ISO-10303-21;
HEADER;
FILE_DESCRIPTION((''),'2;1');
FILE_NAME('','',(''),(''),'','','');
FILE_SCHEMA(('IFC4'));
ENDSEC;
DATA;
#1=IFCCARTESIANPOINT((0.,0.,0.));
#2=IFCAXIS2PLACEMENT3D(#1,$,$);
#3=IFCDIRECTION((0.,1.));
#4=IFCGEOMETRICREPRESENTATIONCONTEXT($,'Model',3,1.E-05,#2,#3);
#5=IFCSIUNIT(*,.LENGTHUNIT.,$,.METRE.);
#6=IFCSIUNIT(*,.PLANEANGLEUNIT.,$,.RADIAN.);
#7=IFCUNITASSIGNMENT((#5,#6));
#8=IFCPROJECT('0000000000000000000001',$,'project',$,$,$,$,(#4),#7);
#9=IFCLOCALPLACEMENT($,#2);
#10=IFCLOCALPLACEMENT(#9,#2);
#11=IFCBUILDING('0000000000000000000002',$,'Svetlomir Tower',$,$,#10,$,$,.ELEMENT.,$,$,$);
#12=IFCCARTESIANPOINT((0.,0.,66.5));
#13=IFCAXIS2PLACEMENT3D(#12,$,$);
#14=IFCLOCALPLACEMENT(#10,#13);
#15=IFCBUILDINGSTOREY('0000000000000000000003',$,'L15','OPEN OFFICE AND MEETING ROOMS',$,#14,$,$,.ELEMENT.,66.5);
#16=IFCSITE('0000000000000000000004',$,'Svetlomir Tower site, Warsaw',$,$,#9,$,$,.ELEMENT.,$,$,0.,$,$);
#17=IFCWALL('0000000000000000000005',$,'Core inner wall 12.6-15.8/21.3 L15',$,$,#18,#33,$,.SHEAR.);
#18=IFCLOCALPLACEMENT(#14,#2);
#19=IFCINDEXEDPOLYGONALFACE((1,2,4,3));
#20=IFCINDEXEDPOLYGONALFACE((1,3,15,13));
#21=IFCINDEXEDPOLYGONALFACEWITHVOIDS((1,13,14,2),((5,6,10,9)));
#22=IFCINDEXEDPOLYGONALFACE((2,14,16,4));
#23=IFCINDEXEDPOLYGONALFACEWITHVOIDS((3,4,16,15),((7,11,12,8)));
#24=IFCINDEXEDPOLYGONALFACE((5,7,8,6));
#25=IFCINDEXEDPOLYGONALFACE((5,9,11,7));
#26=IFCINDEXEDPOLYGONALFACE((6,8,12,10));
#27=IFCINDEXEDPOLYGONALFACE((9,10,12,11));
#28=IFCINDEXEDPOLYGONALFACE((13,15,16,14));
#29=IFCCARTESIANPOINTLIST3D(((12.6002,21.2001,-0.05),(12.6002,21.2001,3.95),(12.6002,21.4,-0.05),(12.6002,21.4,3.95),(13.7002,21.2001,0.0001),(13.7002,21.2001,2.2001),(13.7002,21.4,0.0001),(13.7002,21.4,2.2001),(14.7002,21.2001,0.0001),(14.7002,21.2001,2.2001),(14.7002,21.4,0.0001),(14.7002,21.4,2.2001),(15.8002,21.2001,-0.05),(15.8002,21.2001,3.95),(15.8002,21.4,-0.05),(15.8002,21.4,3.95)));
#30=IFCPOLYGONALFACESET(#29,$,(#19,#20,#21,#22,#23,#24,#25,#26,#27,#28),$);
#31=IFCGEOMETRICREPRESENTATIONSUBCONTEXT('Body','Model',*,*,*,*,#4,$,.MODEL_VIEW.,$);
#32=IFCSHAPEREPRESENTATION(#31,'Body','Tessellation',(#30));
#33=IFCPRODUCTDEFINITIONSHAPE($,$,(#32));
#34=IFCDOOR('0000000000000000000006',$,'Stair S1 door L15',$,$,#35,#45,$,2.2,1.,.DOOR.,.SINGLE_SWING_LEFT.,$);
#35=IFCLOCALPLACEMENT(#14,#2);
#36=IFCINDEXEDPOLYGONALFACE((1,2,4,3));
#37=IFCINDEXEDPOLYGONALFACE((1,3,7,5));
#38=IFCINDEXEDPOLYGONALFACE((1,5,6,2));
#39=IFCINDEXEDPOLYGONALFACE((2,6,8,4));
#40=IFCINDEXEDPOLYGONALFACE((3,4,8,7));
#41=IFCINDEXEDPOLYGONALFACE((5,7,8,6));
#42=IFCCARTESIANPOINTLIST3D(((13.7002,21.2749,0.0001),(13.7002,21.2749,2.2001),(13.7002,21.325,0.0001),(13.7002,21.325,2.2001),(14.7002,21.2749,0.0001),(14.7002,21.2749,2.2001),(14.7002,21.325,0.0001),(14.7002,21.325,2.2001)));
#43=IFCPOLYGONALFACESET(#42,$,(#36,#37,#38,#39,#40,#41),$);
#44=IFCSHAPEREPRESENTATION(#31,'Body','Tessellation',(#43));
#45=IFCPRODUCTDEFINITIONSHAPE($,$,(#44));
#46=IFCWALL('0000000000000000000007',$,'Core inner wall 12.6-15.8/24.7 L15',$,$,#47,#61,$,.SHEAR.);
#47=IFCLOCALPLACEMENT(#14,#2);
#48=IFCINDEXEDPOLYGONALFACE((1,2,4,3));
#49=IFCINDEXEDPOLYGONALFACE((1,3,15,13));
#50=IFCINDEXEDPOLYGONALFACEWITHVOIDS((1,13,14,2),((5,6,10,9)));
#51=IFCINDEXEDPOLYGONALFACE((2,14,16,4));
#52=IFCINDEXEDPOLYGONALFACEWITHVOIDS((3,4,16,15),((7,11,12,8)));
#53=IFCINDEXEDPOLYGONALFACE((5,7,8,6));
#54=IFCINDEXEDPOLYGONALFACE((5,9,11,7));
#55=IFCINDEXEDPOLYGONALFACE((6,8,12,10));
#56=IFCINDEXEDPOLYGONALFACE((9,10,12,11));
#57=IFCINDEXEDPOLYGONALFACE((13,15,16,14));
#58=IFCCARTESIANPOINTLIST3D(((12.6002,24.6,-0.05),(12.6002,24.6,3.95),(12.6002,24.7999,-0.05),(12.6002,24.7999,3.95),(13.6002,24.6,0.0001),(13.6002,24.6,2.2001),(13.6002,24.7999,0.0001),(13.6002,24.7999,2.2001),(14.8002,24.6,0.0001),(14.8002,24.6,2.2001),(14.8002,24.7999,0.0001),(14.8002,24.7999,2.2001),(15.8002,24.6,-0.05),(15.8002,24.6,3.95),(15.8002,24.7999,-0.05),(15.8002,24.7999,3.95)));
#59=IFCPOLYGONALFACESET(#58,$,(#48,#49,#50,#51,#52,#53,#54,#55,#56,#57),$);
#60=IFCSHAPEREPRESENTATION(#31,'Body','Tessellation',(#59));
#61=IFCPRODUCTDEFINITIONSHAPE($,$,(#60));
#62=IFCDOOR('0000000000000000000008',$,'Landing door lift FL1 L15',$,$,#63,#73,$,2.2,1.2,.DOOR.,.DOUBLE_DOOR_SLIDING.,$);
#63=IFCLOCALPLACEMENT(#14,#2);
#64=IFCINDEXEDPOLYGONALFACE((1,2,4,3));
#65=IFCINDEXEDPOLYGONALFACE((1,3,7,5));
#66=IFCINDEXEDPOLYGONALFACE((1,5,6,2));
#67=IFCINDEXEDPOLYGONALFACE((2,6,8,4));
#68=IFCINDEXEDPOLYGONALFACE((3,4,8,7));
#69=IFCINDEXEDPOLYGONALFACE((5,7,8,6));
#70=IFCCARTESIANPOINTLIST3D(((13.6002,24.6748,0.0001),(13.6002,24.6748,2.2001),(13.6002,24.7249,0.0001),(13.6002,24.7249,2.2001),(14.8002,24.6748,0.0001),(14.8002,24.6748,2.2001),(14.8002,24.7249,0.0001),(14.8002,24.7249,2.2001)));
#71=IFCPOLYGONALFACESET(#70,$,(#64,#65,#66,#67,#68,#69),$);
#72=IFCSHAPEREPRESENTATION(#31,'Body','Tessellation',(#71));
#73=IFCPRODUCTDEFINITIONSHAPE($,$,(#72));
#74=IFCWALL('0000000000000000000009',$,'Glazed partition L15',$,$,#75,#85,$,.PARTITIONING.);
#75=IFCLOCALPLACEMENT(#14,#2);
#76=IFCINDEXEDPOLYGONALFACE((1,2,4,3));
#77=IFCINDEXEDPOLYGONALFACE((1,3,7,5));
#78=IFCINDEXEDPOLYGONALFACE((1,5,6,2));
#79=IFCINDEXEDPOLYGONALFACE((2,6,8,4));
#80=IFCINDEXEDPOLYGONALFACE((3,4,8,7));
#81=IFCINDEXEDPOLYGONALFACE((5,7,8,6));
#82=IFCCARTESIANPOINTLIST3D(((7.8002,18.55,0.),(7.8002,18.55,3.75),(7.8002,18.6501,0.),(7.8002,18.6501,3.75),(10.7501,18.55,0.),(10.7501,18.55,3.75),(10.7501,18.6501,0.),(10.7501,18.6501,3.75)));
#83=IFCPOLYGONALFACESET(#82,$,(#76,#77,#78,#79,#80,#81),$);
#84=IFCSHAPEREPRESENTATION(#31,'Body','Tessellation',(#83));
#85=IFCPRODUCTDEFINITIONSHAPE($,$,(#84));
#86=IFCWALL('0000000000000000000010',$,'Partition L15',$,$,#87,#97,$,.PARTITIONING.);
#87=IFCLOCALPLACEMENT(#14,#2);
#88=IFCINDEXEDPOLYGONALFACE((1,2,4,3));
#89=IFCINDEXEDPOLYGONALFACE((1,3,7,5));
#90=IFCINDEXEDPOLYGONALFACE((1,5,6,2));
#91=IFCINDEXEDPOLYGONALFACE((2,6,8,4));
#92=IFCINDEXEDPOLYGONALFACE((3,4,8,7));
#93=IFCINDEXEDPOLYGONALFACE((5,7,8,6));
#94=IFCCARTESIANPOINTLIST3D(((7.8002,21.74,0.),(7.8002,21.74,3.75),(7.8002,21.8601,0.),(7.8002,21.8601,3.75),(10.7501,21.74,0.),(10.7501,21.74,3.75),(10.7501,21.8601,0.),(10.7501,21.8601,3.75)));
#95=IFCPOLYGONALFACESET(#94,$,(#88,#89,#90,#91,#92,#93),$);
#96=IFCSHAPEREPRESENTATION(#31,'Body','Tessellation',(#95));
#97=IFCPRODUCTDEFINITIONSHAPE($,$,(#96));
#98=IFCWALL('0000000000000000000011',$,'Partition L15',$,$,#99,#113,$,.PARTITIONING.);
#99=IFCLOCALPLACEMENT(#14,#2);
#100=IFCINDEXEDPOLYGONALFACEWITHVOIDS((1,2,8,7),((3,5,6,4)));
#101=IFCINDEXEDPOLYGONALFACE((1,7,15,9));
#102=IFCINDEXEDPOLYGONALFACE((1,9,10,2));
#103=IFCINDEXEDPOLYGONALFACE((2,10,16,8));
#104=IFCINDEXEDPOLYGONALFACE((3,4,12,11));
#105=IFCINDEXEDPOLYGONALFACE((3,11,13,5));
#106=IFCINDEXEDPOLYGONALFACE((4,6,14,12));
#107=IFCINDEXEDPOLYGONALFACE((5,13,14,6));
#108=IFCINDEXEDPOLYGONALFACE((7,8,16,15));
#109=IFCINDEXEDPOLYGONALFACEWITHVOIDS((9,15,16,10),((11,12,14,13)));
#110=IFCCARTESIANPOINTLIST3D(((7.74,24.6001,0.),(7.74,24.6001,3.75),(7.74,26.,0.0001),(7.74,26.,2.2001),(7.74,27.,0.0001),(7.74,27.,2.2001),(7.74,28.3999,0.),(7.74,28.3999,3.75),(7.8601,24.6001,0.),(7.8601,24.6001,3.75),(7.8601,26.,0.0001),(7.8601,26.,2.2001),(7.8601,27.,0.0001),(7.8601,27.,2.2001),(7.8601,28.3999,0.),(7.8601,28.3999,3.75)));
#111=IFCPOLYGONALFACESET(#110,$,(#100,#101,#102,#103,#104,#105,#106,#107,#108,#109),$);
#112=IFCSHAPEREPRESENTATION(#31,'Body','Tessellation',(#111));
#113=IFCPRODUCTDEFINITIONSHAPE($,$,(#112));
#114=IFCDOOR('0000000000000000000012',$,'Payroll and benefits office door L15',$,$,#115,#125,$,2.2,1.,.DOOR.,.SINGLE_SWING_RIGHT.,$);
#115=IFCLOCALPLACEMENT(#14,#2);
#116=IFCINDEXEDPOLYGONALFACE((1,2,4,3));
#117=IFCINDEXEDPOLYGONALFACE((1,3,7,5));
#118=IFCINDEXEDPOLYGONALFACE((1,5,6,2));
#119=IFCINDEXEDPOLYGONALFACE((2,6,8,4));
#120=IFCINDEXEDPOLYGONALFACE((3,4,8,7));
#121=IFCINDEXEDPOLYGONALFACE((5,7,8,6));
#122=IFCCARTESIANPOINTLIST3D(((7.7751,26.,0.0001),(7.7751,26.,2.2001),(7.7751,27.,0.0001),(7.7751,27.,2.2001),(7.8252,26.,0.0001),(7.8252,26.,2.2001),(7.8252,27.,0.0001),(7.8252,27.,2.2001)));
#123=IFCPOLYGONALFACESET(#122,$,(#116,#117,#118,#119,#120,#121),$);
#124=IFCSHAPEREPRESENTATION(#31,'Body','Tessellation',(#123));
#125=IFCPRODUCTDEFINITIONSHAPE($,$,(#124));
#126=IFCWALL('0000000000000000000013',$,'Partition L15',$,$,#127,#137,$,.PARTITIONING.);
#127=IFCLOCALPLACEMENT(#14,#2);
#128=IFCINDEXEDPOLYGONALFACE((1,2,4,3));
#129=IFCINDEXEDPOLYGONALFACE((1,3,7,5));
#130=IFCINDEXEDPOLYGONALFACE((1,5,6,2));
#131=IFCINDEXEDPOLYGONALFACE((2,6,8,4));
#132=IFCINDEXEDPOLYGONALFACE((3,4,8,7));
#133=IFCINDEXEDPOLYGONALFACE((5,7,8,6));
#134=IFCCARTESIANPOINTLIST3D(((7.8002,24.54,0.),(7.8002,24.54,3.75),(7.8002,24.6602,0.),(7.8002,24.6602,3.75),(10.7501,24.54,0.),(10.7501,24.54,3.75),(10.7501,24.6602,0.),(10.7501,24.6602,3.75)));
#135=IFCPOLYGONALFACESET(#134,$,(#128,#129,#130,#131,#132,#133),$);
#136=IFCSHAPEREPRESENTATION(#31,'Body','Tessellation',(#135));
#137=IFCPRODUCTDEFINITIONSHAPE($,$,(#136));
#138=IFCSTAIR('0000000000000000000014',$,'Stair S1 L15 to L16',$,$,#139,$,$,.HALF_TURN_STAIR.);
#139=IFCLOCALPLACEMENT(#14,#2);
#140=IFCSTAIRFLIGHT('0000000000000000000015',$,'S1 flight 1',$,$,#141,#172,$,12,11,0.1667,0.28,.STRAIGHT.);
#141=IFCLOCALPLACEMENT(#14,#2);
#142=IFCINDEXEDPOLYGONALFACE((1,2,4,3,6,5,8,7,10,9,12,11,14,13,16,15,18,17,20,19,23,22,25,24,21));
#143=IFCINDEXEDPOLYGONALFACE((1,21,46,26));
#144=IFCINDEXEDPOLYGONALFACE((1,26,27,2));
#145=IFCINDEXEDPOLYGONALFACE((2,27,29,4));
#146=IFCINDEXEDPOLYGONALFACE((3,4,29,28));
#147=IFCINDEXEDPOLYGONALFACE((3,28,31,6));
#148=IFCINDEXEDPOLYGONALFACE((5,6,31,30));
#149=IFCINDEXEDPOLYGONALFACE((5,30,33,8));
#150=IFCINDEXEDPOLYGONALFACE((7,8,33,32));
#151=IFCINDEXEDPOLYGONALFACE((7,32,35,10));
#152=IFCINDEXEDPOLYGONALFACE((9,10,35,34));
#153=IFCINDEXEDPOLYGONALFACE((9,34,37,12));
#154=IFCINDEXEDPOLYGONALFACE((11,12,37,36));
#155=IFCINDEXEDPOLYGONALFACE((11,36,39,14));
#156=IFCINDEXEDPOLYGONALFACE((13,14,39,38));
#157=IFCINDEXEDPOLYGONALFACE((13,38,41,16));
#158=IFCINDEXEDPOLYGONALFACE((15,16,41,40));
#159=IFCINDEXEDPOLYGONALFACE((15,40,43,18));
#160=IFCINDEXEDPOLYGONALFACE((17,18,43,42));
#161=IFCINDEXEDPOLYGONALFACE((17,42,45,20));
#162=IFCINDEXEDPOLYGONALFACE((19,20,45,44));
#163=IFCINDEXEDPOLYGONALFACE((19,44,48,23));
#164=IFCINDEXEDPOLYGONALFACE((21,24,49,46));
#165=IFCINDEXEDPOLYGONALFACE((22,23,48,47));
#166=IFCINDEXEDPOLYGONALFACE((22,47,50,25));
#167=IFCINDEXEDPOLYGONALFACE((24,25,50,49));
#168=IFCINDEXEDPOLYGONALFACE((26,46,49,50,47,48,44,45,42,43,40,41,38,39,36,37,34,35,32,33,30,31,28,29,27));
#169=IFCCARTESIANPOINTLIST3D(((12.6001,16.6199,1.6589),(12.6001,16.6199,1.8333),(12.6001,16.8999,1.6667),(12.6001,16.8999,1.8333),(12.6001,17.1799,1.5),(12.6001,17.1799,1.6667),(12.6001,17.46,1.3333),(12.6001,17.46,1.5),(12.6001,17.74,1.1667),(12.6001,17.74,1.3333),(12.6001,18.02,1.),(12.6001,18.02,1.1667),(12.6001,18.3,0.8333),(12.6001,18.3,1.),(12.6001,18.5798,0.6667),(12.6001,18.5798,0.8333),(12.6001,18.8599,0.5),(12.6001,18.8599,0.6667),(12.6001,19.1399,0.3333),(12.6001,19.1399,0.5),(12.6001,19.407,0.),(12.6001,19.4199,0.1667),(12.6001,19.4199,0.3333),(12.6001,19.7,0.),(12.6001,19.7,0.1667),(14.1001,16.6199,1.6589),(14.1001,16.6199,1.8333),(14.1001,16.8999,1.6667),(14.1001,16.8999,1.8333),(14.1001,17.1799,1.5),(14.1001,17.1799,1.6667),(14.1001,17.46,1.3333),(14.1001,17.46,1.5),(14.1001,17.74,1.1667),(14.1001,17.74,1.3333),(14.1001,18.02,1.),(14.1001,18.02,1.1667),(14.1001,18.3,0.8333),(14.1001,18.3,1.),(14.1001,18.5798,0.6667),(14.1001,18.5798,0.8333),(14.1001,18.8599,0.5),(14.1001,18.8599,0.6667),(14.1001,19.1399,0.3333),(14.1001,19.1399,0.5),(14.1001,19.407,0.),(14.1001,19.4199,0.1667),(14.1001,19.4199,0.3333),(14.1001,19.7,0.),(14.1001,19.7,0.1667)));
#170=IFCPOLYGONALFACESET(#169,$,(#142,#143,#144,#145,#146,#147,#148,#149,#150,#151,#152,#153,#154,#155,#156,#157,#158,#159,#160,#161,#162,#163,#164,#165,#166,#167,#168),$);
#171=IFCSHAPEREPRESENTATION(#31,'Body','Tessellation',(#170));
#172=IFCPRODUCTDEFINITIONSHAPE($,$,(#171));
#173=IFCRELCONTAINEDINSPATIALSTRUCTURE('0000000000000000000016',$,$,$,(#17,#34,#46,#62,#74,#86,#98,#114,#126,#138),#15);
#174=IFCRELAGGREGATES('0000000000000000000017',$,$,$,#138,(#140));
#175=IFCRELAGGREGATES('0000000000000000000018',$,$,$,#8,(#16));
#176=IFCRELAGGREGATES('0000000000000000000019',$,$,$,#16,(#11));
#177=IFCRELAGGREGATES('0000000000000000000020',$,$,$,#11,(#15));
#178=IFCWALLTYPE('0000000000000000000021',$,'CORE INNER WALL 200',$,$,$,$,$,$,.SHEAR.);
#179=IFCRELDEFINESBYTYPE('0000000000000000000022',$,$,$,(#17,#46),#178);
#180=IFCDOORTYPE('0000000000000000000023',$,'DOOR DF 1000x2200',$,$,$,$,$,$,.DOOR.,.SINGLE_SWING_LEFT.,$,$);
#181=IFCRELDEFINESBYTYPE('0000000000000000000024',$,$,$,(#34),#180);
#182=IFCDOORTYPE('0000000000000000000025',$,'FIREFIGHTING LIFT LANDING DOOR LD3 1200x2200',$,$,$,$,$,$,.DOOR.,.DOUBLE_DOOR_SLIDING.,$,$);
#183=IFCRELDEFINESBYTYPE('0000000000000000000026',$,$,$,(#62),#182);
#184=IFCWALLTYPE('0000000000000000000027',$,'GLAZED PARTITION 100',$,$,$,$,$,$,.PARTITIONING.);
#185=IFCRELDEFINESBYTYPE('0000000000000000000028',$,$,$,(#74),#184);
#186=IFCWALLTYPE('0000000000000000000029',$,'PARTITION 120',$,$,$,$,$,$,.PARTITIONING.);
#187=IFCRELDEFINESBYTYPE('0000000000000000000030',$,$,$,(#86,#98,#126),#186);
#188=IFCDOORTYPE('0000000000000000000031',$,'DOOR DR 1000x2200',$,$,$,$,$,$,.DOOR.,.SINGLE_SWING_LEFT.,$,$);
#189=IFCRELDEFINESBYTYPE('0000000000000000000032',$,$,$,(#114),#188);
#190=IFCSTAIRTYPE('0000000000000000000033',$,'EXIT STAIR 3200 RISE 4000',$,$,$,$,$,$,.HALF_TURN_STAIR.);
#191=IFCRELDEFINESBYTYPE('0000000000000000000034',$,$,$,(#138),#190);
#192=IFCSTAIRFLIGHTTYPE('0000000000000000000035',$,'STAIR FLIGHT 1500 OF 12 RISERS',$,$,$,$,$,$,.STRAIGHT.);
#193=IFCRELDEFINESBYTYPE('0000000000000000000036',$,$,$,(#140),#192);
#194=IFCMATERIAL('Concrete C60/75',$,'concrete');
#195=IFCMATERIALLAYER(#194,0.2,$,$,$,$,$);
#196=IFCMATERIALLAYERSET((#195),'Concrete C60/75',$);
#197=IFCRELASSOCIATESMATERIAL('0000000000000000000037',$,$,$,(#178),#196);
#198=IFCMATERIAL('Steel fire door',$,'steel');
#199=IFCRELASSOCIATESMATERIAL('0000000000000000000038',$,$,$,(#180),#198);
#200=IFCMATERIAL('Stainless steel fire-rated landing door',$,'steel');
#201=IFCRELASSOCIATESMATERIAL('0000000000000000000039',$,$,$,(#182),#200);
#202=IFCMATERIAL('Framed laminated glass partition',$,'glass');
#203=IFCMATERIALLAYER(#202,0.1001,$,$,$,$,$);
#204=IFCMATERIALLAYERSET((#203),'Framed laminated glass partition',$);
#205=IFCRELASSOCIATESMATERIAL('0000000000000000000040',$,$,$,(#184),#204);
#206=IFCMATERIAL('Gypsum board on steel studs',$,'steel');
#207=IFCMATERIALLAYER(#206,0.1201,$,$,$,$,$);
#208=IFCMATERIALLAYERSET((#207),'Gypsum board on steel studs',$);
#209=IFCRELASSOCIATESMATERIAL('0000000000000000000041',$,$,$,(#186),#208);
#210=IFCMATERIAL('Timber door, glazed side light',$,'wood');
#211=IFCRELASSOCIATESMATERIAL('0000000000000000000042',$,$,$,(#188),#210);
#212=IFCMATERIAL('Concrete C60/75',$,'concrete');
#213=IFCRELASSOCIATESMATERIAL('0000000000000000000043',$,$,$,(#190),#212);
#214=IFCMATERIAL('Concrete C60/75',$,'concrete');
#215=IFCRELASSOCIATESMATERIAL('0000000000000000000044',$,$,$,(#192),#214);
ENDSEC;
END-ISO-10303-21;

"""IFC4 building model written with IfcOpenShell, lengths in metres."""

from ifc_helpers import new_model, si_unit, direction, frame, frame_2d, origin, place, context, subcontext, project, spatial, polyline, rectangle, outline, extrude, material, layer, layer_set, type_object, element, fill, aggregate, save


model = new_model("IFC4")

# Units and contexts
model_context = context("Model", 3, precision=1e-05, world=origin(), true_north=direction((0.0, 1.0)))
body_context = subcontext(model_context, "Body", "Model", "MODEL_VIEW")
ifc_project = project(units=[si_unit("LENGTHUNIT", "METRE"), si_unit("PLANEANGLEUNIT", "RADIAN")], contexts=[model_context])

# Site, building, storey
site_placement = place(None, origin())
site = spatial("IfcSite", under=ifc_project, at=site_placement, Name="Svetlomir Tower site, Warsaw", CompositionType="ELEMENT", RefElevation=0.0)
building_placement = place(site_placement, origin())
building = spatial("IfcBuilding", under=site, at=building_placement, Name="Svetlomir Tower", CompositionType="ELEMENT")
storey_placement = place(building_placement, frame((0.0, 0.0, 66.5)))
storey = spatial("IfcBuildingStorey", under=building, at=storey_placement, Name="L15", Description="OPEN OFFICE AND MEETING ROOMS", CompositionType="ELEMENT", Elevation=66.5)

# Walls, openings, doors
ifc_material_1 = material(Name="Concrete C60/75", Category="concrete")
ifc_layer_1 = layer(ifc_material_1, 0.2)
ifc_layer_set_1 = layer_set([ifc_layer_1], Name="Concrete C60/75")
wall_type_1 = type_object("IfcWallType", Name="CORE INNER WALL 200", PredefinedType="SHEAR", material=ifc_layer_set_1)
wall_1_placement = place(storey_placement, frame((12.6001, 21.3, -0.05), z_axis=(0.0, 0.0, 1.0), x_axis=(1.0, 0.0, 0.0)))
wall_1 = element("IfcWall", 1, at=wall_1_placement, inside=storey, type_object=wall_type_1, Name="Core inner wall 12.6-15.8/21.3 L15", PredefinedType="SHEAR", context=body_context, shape_type="SweptSolid", body=[
    extrude(rectangle(XDim=3.2, YDim=0.2, at=frame_2d((1.6001, 0.0))), origin(), (0.0, 0.0, 1.0), 4.0),
])
opening_1_placement = place(wall_1_placement, frame((1.1001, 0.0, 0.05)))
opening_1 = element("IfcOpeningElement", 2, at=opening_1_placement, cuts=wall_1, PredefinedType="OPENING", context=body_context, shape_type="SweptSolid", body=[
    extrude(rectangle(XDim=1.0, YDim=2.2, at=frame_2d((0.5, 1.1001))), frame((0.0, 0.1099, 0.0), z_axis=(0.0, -1.0, 0.0), x_axis=(1.0, 0.0, 0.0)), (0.0, 0.0, 1.0), 0.22),
])
ifc_material_2 = material(Name="Steel fire door", Category="steel")
door_type_1 = type_object("IfcDoorType", Name="DOOR DF 1000x2200", OperationType="SINGLE_SWING_LEFT", PredefinedType="DOOR", material=ifc_material_2)
door_1_placement = place(opening_1_placement, origin())
door_1 = element("IfcDoor", 3, at=door_1_placement, inside=storey, type_object=door_type_1, Name="Stair S1 door L15", OperationType="SINGLE_SWING_LEFT", OverallHeight=2.2, OverallWidth=1.0, PredefinedType="DOOR", context=body_context, shape_type="SweptSolid", body=[
    extrude(rectangle(XDim=1.0, YDim=2.2, at=frame_2d((0.5, 1.1001))), frame((0.0, 0.0249, 0.0), z_axis=(0.0, -1.0, 0.0), x_axis=(1.0, 0.0, 0.0)), (0.0, 0.0, 1.0), 0.05),
])
fill(opening_1, door_1)
wall_2_placement = place(storey_placement, frame((12.6001, 24.7, -0.05), z_axis=(0.0, 0.0, 1.0), x_axis=(1.0, 0.0, 0.0)))
wall_2 = element("IfcWall", 4, at=wall_2_placement, inside=storey, type_object=wall_type_1, Name="Core inner wall 12.6-15.8/24.7 L15", PredefinedType="SHEAR", context=body_context, shape_type="SweptSolid", body=[
    extrude(rectangle(XDim=3.2, YDim=0.2, at=frame_2d((1.6001, 0.0))), origin(), (0.0, 0.0, 1.0), 4.0),
])
opening_2_placement = place(wall_2_placement, frame((1.0, 0.0, 0.05)))
opening_2 = element("IfcOpeningElement", 5, at=opening_2_placement, cuts=wall_2, PredefinedType="OPENING", context=body_context, shape_type="SweptSolid", body=[
    extrude(rectangle(XDim=1.2, YDim=2.2, at=frame_2d((0.6001, 1.1001))), frame((0.0, 0.1099, 0.0), z_axis=(0.0, -1.0, 0.0), x_axis=(1.0, 0.0, 0.0)), (0.0, 0.0, 1.0), 0.22),
])
ifc_material_3 = material(Name="Stainless steel fire-rated landing door", Category="steel")
door_type_2 = type_object("IfcDoorType", Name="FIREFIGHTING LIFT LANDING DOOR LD3 1200x2200", OperationType="DOUBLE_DOOR_SLIDING", PredefinedType="DOOR", material=ifc_material_3)
door_2_placement = place(opening_2_placement, origin())
door_2 = element("IfcDoor", 6, at=door_2_placement, inside=storey, type_object=door_type_2, Name="Landing door lift FL1 L15", OperationType="DOUBLE_DOOR_SLIDING", OverallHeight=2.2, OverallWidth=1.2, PredefinedType="DOOR", context=body_context, shape_type="SweptSolid", body=[
    extrude(rectangle(XDim=1.2, YDim=2.2, at=frame_2d((0.6001, 1.1001))), frame((0.0, 0.0249, 0.0), z_axis=(0.0, -1.0, 0.0), x_axis=(1.0, 0.0, 0.0)), (0.0, 0.0, 1.0), 0.05),
])
fill(opening_2, door_2)

# Wall
ifc_material_4 = material(Name="Framed laminated glass partition", Category="glass")
ifc_layer_2 = layer(ifc_material_4, 0.1001)
ifc_layer_set_2 = layer_set([ifc_layer_2], Name="Framed laminated glass partition")
wall_type_2 = type_object("IfcWallType", Name="GLAZED PARTITION 100", PredefinedType="PARTITIONING", material=ifc_layer_set_2)
wall_3_placement = place(storey_placement, frame((7.8, 18.6001, 0.0), z_axis=(0.0, 0.0, 1.0), x_axis=(1.0, 0.0, 0.0)))
element("IfcWall", 7, at=wall_3_placement, inside=storey, type_object=wall_type_2, Name="Glazed partition L15", PredefinedType="PARTITIONING", context=body_context, shape_type="SweptSolid", body=[
    extrude(rectangle(XDim=2.95, YDim=0.1001, at=frame_2d((1.4751, 0.0))), origin(), (0.0, 0.0, 1.0), 3.75),
])

# Shared definitions
ifc_material_5 = material(Name="Gypsum board on steel studs", Category="steel")
ifc_layer_3 = layer(ifc_material_5, 0.1201)
ifc_layer_set_3 = layer_set([ifc_layer_3], Name="Gypsum board on steel studs")
wall_type_3 = type_object("IfcWallType", Name="PARTITION 120", PredefinedType="PARTITIONING", material=ifc_layer_set_3)

# Wall
wall_4_placement = place(storey_placement, frame((7.8, 21.8, 0.0), z_axis=(0.0, 0.0, 1.0), x_axis=(1.0, 0.0, 0.0)))
element("IfcWall", 8, at=wall_4_placement, inside=storey, type_object=wall_type_3, Name="Partition L15", PredefinedType="PARTITIONING", context=body_context, shape_type="SweptSolid", body=[
    extrude(rectangle(XDim=2.95, YDim=0.1201, at=frame_2d((1.4751, 0.0))), origin(), (0.0, 0.0, 1.0), 3.75),
])

# Wall, opening, door
wall_5_placement = place(storey_placement, frame((7.8, 24.6001, 0.0), z_axis=(0.0, 0.0, 1.0), x_axis=(0.0, 1.0, 0.0)))
wall_5 = element("IfcWall", 9, at=wall_5_placement, inside=storey, type_object=wall_type_3, Name="Partition L15", PredefinedType="PARTITIONING", context=body_context, shape_type="SweptSolid", body=[
    extrude(rectangle(XDim=3.7998, YDim=0.1201, at=frame_2d((1.8999, 0.0))), origin(), (0.0, 0.0, 1.0), 3.75),
])
opening_3_placement = place(wall_5_placement, frame((1.3999, 0.0, 0.0)))
opening_3 = element("IfcOpeningElement", 10, at=opening_3_placement, cuts=wall_5, PredefinedType="OPENING", context=body_context, shape_type="SweptSolid", body=[
    extrude(rectangle(XDim=1.0, YDim=2.2, at=frame_2d((0.5, 1.1001))), frame((0.0, 0.0701, 0.0), z_axis=(0.0, -1.0, 0.0), x_axis=(1.0, 0.0, 0.0)), (0.0, 0.0, 1.0), 0.1401),
])
ifc_material_6 = material(Name="Timber door, glazed side light", Category="wood")
door_type_3 = type_object("IfcDoorType", Name="DOOR DR 1000x2200", OperationType="SINGLE_SWING_LEFT", PredefinedType="DOOR", material=ifc_material_6)
door_3_placement = place(opening_3_placement, origin())
door_3 = element("IfcDoor", 11, at=door_3_placement, inside=storey, type_object=door_type_3, Name="Payroll and benefits office door L15", OperationType="SINGLE_SWING_RIGHT", OverallHeight=2.2, OverallWidth=1.0, PredefinedType="DOOR", context=body_context, shape_type="SweptSolid", body=[
    extrude(rectangle(XDim=1.0, YDim=2.2, at=frame_2d((0.5, 1.1001))), frame((0.0, 0.0249, 0.0), z_axis=(0.0, -1.0, 0.0), x_axis=(1.0, 0.0, 0.0)), (0.0, 0.0, 1.0), 0.05),
])
fill(opening_3, door_3)

# Wall
wall_6_placement = place(storey_placement, frame((7.8, 24.6001, 0.0), z_axis=(0.0, 0.0, 1.0), x_axis=(1.0, 0.0, 0.0)))
element("IfcWall", 12, at=wall_6_placement, inside=storey, type_object=wall_type_3, Name="Partition L15", PredefinedType="PARTITIONING", context=body_context, shape_type="SweptSolid", body=[
    extrude(rectangle(XDim=2.95, YDim=0.1201, at=frame_2d((1.4751, 0.0))), origin(), (0.0, 0.0, 1.0), 3.75),
])

# Stair, stair flight
ifc_material_7 = material(Name="Concrete C60/75", Category="concrete")
stair_type = type_object("IfcStairType", Name="EXIT STAIR 3200 RISE 4000", PredefinedType="HALF_TURN_STAIR", material=ifc_material_7)
stair_placement = place(storey_placement, origin())
stair = element("IfcStair", 13, at=stair_placement, inside=storey, type_object=stair_type, Name="Stair S1 L15 to L16", PredefinedType="HALF_TURN_STAIR")
ifc_material_8 = material(Name="Concrete C60/75", Category="concrete")
stair_flight_type = type_object("IfcStairFlightType", Name="STAIR FLIGHT 1500 OF 12 RISERS", PredefinedType="STRAIGHT", material=ifc_material_8)
stair_flight_placement = place(storey_placement, frame((13.3501, 19.7, 0.0), z_axis=(0.0, 0.0, 1.0), x_axis=(0.0, -1.0, 0.0)))
stair_flight = element("IfcStairFlight", 14, at=stair_flight_placement, type_object=stair_flight_type, Name="S1 flight 1", NumberOfRisers=12, NumberOfTreads=11, PredefinedType="STRAIGHT", RiserHeight=0.1667, TreadLength=0.28, context=body_context, shape_type="SweptSolid", body=[
    extrude(outline(polyline([(0.0, 0.0), (0.0, 0.1667), (0.28, 0.1667), (0.28, 0.3333), (0.5601, 0.3333), (0.5601, 0.5), (0.8401, 0.5), (0.8401, 0.6667), (1.1201, 0.6667), (1.1201, 0.8333), (1.3999, 0.8333), (1.3999, 1.0), (1.6799, 1.0), (1.6799, 1.1667), (1.96, 1.1667), (1.96, 1.3333), (2.24, 1.3333), (2.24, 1.5), (2.52, 1.5), (2.52, 1.6667), (2.8, 1.6667), (2.8, 1.8333), (3.0801, 1.8333), (3.0801, 2.0), (3.0801, 1.6589), (0.293, 0.0), (0.0, 0.0)])), frame((0.0, 0.75, 0.0), z_axis=(0.0, -1.0, 0.0), x_axis=(1.0, 0.0, 0.0)), (0.0, 0.0, 1.0), 1.5),
])
aggregate(stair, [stair_flight])

save(model, "model.ifc")
